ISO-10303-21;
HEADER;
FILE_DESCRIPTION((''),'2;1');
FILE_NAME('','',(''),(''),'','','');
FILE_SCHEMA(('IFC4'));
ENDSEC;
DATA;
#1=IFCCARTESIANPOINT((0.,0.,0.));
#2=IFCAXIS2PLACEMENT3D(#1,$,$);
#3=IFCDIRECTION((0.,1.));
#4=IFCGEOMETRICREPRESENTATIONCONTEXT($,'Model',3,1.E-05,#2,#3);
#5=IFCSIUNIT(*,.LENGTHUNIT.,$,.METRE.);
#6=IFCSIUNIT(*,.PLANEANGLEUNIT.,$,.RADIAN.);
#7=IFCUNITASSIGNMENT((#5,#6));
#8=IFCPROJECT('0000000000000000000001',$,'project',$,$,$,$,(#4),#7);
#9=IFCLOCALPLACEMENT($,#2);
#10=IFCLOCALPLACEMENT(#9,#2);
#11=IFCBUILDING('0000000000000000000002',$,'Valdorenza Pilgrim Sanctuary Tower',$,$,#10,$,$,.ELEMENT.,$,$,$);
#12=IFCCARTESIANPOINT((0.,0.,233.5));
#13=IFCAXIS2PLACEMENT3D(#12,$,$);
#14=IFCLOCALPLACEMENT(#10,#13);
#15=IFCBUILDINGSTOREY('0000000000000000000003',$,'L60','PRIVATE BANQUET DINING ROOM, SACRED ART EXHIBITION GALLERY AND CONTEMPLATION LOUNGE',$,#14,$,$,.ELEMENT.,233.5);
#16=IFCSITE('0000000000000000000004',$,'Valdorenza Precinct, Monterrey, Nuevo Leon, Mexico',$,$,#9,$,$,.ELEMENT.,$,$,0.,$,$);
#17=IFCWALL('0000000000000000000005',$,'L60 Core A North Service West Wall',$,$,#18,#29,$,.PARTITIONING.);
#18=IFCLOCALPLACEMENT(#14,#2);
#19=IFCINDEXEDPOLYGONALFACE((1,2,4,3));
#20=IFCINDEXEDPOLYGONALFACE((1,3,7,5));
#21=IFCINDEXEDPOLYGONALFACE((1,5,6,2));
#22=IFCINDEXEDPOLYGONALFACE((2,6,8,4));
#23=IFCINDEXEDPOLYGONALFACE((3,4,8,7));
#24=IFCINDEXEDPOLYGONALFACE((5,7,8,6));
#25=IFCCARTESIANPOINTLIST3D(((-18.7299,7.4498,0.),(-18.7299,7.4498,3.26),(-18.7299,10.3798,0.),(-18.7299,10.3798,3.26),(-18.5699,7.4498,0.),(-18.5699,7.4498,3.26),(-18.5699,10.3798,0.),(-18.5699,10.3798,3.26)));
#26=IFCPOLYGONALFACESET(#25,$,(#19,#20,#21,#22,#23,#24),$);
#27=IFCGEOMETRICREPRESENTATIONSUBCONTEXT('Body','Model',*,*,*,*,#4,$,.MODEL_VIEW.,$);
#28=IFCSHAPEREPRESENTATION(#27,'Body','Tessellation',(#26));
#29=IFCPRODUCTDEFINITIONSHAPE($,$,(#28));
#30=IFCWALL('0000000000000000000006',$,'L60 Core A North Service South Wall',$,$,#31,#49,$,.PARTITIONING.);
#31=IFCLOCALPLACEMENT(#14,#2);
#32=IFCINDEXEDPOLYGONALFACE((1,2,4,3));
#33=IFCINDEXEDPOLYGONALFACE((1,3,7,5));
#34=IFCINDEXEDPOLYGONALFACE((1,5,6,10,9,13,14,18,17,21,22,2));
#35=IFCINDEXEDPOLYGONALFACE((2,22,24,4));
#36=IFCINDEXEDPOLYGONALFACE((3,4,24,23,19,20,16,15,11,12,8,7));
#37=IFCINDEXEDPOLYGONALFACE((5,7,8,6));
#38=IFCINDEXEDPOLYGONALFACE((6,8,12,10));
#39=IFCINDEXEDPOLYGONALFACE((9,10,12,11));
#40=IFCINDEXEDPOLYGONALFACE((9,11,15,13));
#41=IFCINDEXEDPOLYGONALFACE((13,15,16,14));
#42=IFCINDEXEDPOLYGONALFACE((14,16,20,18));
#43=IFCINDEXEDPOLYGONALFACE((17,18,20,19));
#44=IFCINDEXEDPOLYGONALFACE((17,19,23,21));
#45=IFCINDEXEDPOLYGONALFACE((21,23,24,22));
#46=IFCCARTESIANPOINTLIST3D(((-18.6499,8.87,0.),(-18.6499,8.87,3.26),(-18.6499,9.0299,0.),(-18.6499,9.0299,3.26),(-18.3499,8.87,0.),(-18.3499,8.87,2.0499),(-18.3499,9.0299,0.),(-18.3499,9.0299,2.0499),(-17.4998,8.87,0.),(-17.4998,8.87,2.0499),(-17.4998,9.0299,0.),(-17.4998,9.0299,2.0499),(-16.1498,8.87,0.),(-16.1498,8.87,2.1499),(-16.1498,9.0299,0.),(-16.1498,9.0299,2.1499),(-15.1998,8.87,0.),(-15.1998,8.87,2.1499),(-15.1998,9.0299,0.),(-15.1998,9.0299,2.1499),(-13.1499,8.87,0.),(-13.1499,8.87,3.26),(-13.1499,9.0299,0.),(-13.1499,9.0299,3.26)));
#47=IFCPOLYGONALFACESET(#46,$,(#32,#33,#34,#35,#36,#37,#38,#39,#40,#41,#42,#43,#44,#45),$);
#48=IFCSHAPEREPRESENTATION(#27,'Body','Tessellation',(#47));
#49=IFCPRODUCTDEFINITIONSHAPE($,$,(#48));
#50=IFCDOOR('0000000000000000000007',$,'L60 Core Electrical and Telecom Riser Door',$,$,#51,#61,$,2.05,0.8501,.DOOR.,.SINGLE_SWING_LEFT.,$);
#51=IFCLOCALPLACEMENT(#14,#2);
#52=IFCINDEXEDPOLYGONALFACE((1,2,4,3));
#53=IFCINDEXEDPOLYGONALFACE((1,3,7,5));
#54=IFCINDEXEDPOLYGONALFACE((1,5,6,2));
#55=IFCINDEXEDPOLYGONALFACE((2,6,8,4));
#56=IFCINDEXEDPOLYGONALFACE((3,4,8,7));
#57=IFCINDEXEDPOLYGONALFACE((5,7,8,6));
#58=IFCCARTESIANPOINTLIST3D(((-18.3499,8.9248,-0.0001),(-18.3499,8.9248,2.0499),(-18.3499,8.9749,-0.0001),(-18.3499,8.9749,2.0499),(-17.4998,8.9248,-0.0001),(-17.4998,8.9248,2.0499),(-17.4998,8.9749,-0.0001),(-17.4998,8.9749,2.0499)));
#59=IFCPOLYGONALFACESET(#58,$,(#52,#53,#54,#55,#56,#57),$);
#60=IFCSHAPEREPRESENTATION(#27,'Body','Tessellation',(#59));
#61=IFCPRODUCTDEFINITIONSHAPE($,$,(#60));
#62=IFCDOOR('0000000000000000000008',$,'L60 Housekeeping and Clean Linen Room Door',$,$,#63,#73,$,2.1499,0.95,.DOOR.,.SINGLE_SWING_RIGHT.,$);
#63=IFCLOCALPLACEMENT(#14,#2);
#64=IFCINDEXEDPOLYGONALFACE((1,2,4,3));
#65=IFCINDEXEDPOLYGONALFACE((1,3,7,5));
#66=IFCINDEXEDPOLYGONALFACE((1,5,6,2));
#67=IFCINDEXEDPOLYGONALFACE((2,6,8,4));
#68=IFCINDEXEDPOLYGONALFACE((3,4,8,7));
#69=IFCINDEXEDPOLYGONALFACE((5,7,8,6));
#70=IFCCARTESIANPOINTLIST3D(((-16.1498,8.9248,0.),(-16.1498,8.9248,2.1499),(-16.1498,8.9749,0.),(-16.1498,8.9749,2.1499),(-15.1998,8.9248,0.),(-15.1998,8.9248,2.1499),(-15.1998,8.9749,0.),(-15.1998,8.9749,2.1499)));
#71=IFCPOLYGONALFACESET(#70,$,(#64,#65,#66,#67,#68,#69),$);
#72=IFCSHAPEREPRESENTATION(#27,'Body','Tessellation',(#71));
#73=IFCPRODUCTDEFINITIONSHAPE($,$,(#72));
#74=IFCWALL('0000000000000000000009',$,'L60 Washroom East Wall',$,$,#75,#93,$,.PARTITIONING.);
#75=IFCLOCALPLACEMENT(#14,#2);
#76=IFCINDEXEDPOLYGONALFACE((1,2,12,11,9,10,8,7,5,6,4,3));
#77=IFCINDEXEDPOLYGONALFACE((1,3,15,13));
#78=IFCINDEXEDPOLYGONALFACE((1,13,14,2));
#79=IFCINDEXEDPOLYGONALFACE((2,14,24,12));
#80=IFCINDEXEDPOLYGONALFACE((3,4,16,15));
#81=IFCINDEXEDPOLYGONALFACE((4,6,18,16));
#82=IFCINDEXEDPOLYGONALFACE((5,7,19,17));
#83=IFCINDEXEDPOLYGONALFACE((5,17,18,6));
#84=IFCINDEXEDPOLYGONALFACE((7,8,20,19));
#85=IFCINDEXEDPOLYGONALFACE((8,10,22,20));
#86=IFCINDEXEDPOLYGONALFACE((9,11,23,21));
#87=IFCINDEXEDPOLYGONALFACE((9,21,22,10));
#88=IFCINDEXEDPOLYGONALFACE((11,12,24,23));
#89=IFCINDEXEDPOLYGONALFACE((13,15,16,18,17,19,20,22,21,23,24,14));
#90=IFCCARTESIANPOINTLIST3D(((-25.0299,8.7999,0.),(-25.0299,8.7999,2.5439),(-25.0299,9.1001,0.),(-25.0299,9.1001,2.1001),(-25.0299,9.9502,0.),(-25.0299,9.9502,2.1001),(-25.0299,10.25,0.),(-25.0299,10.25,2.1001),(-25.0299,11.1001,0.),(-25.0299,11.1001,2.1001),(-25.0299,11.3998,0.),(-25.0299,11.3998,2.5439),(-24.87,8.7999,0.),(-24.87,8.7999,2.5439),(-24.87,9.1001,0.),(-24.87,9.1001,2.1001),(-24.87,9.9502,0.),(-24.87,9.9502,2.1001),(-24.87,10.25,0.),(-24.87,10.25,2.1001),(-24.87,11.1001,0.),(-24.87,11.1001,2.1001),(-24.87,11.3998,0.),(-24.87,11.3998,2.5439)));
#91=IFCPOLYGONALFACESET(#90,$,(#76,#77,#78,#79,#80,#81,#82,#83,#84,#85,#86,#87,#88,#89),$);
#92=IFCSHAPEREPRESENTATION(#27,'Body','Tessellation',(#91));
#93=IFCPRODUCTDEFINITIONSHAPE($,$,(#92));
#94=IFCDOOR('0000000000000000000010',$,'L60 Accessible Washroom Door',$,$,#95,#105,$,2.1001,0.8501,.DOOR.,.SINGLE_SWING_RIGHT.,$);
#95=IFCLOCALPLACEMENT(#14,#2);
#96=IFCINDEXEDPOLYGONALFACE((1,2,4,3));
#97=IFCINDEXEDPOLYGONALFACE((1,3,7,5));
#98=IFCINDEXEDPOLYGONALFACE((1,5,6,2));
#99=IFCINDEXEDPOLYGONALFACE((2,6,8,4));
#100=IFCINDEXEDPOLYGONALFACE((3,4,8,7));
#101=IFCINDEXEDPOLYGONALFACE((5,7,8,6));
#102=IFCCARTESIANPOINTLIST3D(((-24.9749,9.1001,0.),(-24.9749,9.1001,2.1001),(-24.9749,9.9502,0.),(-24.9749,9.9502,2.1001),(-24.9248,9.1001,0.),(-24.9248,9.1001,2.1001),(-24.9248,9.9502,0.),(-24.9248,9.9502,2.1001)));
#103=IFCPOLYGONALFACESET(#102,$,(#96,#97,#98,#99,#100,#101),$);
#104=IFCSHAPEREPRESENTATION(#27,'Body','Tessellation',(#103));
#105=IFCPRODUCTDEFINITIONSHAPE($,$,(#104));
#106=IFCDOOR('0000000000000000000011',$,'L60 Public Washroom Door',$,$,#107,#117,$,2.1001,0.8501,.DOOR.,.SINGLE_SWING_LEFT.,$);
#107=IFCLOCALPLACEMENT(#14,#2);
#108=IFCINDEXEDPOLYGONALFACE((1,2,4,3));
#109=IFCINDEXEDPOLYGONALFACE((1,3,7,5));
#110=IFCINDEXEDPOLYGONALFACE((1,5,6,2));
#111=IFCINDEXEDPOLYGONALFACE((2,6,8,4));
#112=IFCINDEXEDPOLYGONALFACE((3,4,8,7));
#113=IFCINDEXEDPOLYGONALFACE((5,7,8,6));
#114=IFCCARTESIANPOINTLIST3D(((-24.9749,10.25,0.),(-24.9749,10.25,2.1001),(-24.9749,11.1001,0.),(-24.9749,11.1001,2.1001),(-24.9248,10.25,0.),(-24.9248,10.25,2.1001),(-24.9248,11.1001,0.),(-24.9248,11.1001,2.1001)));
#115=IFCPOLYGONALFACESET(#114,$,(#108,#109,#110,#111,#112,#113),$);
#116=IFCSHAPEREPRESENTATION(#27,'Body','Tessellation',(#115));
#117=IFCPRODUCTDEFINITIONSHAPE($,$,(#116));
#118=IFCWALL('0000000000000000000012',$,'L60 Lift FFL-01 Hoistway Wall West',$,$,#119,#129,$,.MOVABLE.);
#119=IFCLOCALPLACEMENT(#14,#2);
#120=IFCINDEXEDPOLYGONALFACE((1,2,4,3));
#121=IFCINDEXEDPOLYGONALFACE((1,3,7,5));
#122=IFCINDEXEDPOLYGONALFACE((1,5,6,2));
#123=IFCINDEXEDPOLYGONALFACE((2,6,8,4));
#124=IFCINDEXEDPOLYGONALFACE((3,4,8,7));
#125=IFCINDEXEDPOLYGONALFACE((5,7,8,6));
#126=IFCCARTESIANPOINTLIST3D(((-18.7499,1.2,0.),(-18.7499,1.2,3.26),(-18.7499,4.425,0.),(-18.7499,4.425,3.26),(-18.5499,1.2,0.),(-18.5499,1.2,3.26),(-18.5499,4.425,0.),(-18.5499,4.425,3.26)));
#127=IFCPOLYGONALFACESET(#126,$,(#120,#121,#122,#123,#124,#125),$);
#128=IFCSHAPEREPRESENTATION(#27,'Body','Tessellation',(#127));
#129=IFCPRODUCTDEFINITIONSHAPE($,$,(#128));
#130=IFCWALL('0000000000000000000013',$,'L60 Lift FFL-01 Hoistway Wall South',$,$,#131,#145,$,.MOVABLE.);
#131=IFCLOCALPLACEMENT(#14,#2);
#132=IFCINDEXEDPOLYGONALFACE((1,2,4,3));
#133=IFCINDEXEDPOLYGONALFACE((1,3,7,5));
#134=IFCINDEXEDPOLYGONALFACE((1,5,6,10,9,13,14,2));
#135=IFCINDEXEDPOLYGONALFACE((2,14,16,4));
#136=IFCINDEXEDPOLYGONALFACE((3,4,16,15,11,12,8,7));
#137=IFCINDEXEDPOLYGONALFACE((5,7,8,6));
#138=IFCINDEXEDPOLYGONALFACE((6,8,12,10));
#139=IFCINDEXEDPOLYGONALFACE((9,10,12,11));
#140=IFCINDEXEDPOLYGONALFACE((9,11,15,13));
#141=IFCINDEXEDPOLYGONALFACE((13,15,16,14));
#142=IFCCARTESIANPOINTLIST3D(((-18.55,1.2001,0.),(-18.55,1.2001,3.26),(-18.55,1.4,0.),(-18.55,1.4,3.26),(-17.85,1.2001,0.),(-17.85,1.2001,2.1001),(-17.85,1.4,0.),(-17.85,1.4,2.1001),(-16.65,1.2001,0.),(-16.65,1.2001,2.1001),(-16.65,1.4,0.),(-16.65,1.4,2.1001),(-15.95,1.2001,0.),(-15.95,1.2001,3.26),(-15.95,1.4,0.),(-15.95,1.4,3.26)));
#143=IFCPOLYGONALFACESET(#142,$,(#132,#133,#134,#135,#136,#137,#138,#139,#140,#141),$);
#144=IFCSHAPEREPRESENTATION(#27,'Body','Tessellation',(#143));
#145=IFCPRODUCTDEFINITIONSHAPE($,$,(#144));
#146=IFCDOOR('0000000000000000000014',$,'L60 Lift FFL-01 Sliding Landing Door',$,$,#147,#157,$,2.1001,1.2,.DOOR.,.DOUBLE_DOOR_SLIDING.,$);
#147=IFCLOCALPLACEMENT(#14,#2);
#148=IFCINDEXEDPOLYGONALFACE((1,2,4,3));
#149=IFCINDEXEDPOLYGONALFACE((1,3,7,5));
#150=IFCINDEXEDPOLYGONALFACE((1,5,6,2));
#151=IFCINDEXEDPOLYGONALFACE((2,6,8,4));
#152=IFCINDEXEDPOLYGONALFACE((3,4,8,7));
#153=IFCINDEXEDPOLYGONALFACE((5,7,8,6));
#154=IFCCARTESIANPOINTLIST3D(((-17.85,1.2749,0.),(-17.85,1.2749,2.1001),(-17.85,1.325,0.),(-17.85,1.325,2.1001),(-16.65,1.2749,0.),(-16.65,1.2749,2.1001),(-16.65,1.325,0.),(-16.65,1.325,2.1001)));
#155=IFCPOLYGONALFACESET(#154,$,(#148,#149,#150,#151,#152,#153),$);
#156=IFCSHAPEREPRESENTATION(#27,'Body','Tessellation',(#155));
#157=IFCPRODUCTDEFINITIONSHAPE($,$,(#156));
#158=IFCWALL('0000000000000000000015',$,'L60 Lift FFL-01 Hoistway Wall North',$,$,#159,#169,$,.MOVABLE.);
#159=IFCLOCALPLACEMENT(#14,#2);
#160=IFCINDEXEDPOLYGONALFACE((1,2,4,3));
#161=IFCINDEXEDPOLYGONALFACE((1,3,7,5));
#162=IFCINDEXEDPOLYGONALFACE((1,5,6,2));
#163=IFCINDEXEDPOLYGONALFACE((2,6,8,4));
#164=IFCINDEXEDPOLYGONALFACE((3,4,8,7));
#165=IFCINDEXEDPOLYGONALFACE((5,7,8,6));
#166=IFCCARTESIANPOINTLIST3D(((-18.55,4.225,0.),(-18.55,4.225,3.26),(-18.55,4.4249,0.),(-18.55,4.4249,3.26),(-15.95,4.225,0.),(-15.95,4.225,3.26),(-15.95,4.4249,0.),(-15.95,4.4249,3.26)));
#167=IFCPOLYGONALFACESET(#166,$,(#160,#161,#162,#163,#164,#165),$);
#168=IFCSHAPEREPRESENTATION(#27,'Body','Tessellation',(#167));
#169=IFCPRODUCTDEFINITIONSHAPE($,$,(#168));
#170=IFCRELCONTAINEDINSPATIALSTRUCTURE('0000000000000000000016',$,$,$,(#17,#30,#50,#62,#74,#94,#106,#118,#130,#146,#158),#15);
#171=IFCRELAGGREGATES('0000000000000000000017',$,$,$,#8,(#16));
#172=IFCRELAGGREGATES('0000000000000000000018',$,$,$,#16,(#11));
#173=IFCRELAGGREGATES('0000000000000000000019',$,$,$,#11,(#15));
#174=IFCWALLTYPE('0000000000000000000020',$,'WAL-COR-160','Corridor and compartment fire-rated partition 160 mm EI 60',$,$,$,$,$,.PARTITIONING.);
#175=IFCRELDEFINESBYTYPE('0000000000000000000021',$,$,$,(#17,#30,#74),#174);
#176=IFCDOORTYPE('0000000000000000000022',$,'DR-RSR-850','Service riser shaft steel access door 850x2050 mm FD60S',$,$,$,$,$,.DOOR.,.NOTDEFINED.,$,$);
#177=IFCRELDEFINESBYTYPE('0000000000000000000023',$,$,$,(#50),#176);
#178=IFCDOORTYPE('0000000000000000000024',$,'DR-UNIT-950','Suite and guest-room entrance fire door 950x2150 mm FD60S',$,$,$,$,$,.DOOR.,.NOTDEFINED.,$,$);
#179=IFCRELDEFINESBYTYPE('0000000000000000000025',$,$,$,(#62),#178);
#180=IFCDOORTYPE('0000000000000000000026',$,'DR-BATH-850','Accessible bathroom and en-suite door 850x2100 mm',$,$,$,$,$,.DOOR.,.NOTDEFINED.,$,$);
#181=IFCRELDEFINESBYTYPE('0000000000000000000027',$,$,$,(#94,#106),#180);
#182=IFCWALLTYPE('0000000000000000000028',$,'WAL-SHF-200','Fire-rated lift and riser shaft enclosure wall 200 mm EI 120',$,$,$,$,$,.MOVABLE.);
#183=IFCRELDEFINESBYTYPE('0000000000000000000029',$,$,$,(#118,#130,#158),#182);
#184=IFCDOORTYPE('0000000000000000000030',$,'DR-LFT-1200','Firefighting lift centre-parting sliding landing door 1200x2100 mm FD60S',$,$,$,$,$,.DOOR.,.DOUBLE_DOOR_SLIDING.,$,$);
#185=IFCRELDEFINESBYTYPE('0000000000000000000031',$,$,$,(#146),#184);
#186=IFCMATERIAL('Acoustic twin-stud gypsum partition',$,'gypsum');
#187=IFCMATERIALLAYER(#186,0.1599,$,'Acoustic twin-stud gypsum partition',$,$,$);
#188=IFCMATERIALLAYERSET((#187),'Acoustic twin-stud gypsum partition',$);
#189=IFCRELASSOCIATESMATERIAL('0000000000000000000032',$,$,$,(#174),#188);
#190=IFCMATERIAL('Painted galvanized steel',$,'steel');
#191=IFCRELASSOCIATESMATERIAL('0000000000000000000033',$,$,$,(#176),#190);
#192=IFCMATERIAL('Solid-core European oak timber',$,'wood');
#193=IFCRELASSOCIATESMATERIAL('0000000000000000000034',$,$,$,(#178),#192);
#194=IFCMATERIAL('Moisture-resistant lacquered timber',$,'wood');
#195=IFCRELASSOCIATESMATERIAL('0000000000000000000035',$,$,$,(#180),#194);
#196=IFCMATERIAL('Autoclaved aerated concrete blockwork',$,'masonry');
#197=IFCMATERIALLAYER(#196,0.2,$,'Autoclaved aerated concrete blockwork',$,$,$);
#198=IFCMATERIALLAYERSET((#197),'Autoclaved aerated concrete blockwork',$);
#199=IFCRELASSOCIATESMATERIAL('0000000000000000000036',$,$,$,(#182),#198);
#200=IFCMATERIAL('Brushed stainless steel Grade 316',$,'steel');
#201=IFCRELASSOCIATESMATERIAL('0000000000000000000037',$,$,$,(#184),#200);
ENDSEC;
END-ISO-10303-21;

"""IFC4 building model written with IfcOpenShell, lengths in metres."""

from ifc_helpers import new_model, si_unit, direction, frame, frame_2d, origin, place, context, subcontext, project, spatial, rectangle, extrude, material, layer, layer_set, type_object, element, fill, save


model = new_model("IFC4")

# Units and contexts
model_context = context("Model", 3, precision=1e-05, world=origin(), true_north=direction((0.0, 1.0)))
body_context = subcontext(model_context, "Body", "Model", "MODEL_VIEW")
ifc_project = project(units=[si_unit("LENGTHUNIT", "METRE"), si_unit("PLANEANGLEUNIT", "RADIAN")], contexts=[model_context])

# Site, building, storey
site_placement = place(None, origin())
site = spatial("IfcSite", under=ifc_project, at=site_placement, Name="Valdorenza Precinct, Monterrey, Nuevo Leon, Mexico", CompositionType="ELEMENT", RefElevation=0.0)
building_placement = place(site_placement, origin())
building = spatial("IfcBuilding", under=site, at=building_placement, Name="Valdorenza Pilgrim Sanctuary Tower", CompositionType="ELEMENT")
storey_placement = place(building_placement, frame((0.0, 0.0, 233.5)))
storey = spatial("IfcBuildingStorey", under=building, at=storey_placement, Name="L60", Description="PRIVATE BANQUET DINING ROOM, SACRED ART EXHIBITION GALLERY AND CONTEMPLATION LOUNGE", CompositionType="ELEMENT", Elevation=233.5)

# Wall
ifc_material_1 = material(Name="Acoustic twin-stud gypsum partition", Category="gypsum")
ifc_layer_1 = layer(ifc_material_1, 0.1599, Name="Acoustic twin-stud gypsum partition")
ifc_layer_set_1 = layer_set([ifc_layer_1], Name="Acoustic twin-stud gypsum partition")
wall_type_1 = type_object("IfcWallType", Name="WAL-COR-160", Description="Corridor and compartment fire-rated partition 160 mm EI 60", PredefinedType="PARTITIONING", material=ifc_layer_set_1)
wall_1_placement = place(storey_placement, frame((-18.6499, 7.45, 0.0), z_axis=(0.0, 0.0, 1.0), x_axis=(0.0, 1.0, 0.0)))
element("IfcWall", 1, at=wall_1_placement, inside=storey, type_object=wall_type_1, Name="L60 Core A North Service West Wall", PredefinedType="PARTITIONING", context=body_context, shape_type="SweptSolid", body=[
    extrude(rectangle(XDim=2.9299, YDim=0.1599, at=frame_2d((1.4648, 0.0))), origin(), (0.0, 0.0, 1.0), 3.26),
])

# Walls, openings, doors
wall_2_placement = place(storey_placement, frame((-18.6499, 8.95, 0.0), z_axis=(0.0, 0.0, 1.0), x_axis=(1.0, 0.0, 0.0)))
wall_2 = element("IfcWall", 2, at=wall_2_placement, inside=storey, type_object=wall_type_1, Name="L60 Core A North Service South Wall", PredefinedType="PARTITIONING", context=body_context, shape_type="SweptSolid", body=[
    extrude(rectangle(XDim=5.5, YDim=0.1599, at=frame_2d((2.75, 0.0))), origin(), (0.0, 0.0, 1.0), 3.26),
])
opening_1_placement = place(wall_2_placement, frame((0.3, 0.0, 0.0)))
opening_1 = element("IfcOpeningElement", 3, at=opening_1_placement, cuts=wall_2, PredefinedType="OPENING", context=body_context, shape_type="SweptSolid", body=[
    extrude(rectangle(XDim=0.8501, YDim=2.05, at=frame_2d((0.425, 1.0249))), frame((0.0, 0.0947, 0.0), z_axis=(0.0, -1.0, 0.0), x_axis=(1.0, 0.0, 0.0)), (0.0, 0.0, 1.0), 0.1897),
])
opening_2_placement = place(wall_2_placement, frame((2.5, 0.0, 0.0)))
opening_2 = element("IfcOpeningElement", 4, at=opening_2_placement, cuts=wall_2, PredefinedType="OPENING", context=body_context, shape_type="SweptSolid", body=[
    extrude(rectangle(XDim=0.95, YDim=2.1499, at=frame_2d((0.4751, 1.075))), frame((0.0, 0.0947, 0.0), z_axis=(0.0, -1.0, 0.0), x_axis=(1.0, 0.0, 0.0)), (0.0, 0.0, 1.0), 0.1897),
])
ifc_material_2 = material(Name="Painted galvanized steel", Category="steel")
door_type_1 = type_object("IfcDoorType", Name="DR-RSR-850", Description="Service riser shaft steel access door 850x2050 mm FD60S", OperationType="NOTDEFINED", PredefinedType="DOOR", material=ifc_material_2)
door_1_placement = place(opening_1_placement, origin())
door_1 = element("IfcDoor", 5, at=door_1_placement, inside=storey, type_object=door_type_1, Name="L60 Core Electrical and Telecom Riser Door", OperationType="SINGLE_SWING_LEFT", OverallHeight=2.05, OverallWidth=0.8501, PredefinedType="DOOR", context=body_context, shape_type="SweptSolid", body=[
    extrude(rectangle(XDim=0.8501, YDim=2.05, at=frame_2d((0.425, 1.0249))), frame((0.0, 0.0249, 0.0), z_axis=(0.0, -1.0, 0.0), x_axis=(1.0, 0.0, 0.0)), (0.0, 0.0, 1.0), 0.05),
])
fill(opening_1, door_1)
ifc_material_3 = material(Name="Solid-core European oak timber", Category="wood")
door_type_2 = type_object("IfcDoorType", Name="DR-UNIT-950", Description="Suite and guest-room entrance fire door 950x2150 mm FD60S", OperationType="NOTDEFINED", PredefinedType="DOOR", material=ifc_material_3)
door_2_placement = place(opening_2_placement, origin())
door_2 = element("IfcDoor", 6, at=door_2_placement, inside=storey, type_object=door_type_2, Name="L60 Housekeeping and Clean Linen Room Door", OperationType="SINGLE_SWING_RIGHT", OverallHeight=2.1499, OverallWidth=0.95, PredefinedType="DOOR", context=body_context, shape_type="SweptSolid", body=[
    extrude(rectangle(XDim=0.95, YDim=2.1499, at=frame_2d((0.4751, 1.075))), frame((0.0, 0.0249, 0.0), z_axis=(0.0, -1.0, 0.0), x_axis=(1.0, 0.0, 0.0)), (0.0, 0.0, 1.0), 0.05),
])
fill(opening_2, door_2)
wall_3_placement = place(storey_placement, frame((-24.95, 8.8, 0.0), z_axis=(0.0, 0.0, 1.0), x_axis=(0.0, 1.0, 0.0)))
wall_3 = element("IfcWall", 7, at=wall_3_placement, inside=storey, type_object=wall_type_1, Name="L60 Washroom East Wall", PredefinedType="PARTITIONING", context=body_context, shape_type="SweptSolid", body=[
    extrude(rectangle(XDim=2.5999, YDim=0.1599, at=frame_2d((1.2998, 0.0))), origin(), (0.0, 0.0, 1.0), 2.5439),
])
opening_3_placement = place(wall_3_placement, frame((0.3, 0.0, 0.0)))
opening_3 = element("IfcOpeningElement", 8, at=opening_3_placement, cuts=wall_3, PredefinedType="OPENING", context=body_context, shape_type="SweptSolid", body=[
    extrude(rectangle(XDim=0.8501, YDim=2.1001, at=frame_2d((0.425, 1.05))), frame((0.0, 0.0947, 0.0), z_axis=(0.0, -1.0, 0.0), x_axis=(1.0, 0.0, 0.0)), (0.0, 0.0, 1.0), 0.1897),
])
opening_4_placement = place(wall_3_placement, frame((1.45, 0.0, 0.0)))
opening_4 = element("IfcOpeningElement", 9, at=opening_4_placement, cuts=wall_3, PredefinedType="OPENING", context=body_context, shape_type="SweptSolid", body=[
    extrude(rectangle(XDim=0.8501, YDim=2.1001, at=frame_2d((0.425, 1.05))), frame((0.0, 0.0947, 0.0), z_axis=(0.0, -1.0, 0.0), x_axis=(1.0, 0.0, 0.0)), (0.0, 0.0, 1.0), 0.1897),
])
ifc_material_4 = material(Name="Moisture-resistant lacquered timber", Category="wood")
door_type_3 = type_object("IfcDoorType", Name="DR-BATH-850", Description="Accessible bathroom and en-suite door 850x2100 mm", OperationType="NOTDEFINED", PredefinedType="DOOR", material=ifc_material_4)
door_3_placement = place(opening_3_placement, origin())
door_3 = element("IfcDoor", 10, at=door_3_placement, inside=storey, type_object=door_type_3, Name="L60 Accessible Washroom Door", OperationType="SINGLE_SWING_RIGHT", OverallHeight=2.1001, OverallWidth=0.8501, PredefinedType="DOOR", context=body_context, shape_type="SweptSolid", body=[
    extrude(rectangle(XDim=0.8501, YDim=2.1001, at=frame_2d((0.425, 1.05))), frame((0.0, 0.0249, 0.0), z_axis=(0.0, -1.0, 0.0), x_axis=(1.0, 0.0, 0.0)), (0.0, 0.0, 1.0), 0.05),
])
fill(opening_3, door_3)
door_4_placement = place(opening_4_placement, origin())
door_4 = element("IfcDoor", 11, at=door_4_placement, inside=storey, type_object=door_type_3, Name="L60 Public Washroom Door", OperationType="SINGLE_SWING_LEFT", OverallHeight=2.1001, OverallWidth=0.8501, PredefinedType="DOOR", context=body_context, shape_type="SweptSolid", body=[
    extrude(rectangle(XDim=0.8501, YDim=2.1001, at=frame_2d((0.425, 1.05))), frame((0.0, 0.0249, 0.0), z_axis=(0.0, -1.0, 0.0), x_axis=(1.0, 0.0, 0.0)), (0.0, 0.0, 1.0), 0.05),
])
fill(opening_4, door_4)

# Wall
ifc_material_5 = material(Name="Autoclaved aerated concrete blockwork", Category="masonry")
ifc_layer_2 = layer(ifc_material_5, 0.2, Name="Autoclaved aerated concrete blockwork")
ifc_layer_set_2 = layer_set([ifc_layer_2], Name="Autoclaved aerated concrete blockwork")
wall_type_2 = type_object("IfcWallType", Name="WAL-SHF-200", Description="Fire-rated lift and riser shaft enclosure wall 200 mm EI 120", PredefinedType="MOVABLE", material=ifc_layer_set_2)
wall_4_placement = place(storey_placement, frame((-18.6499, 1.2, 0.0), z_axis=(0.0, 0.0, 1.0), x_axis=(0.0, 1.0, 0.0)))
element("IfcWall", 12, at=wall_4_placement, inside=storey, type_object=wall_type_2, Name="L60 Lift FFL-01 Hoistway Wall West", PredefinedType="MOVABLE", context=body_context, shape_type="SweptSolid", body=[
    extrude(rectangle(XDim=3.2251, YDim=0.2, at=frame_2d((1.6125, 0.0))), origin(), (0.0, 0.0, 1.0), 3.26),
])

# Wall, opening, door
wall_5_placement = place(storey_placement, frame((-18.55, 1.3, 0.0), z_axis=(0.0, 0.0, 1.0), x_axis=(1.0, 0.0, 0.0)))
wall_5 = element("IfcWall", 13, at=wall_5_placement, inside=storey, type_object=wall_type_2, Name="L60 Lift FFL-01 Hoistway Wall South", PredefinedType="MOVABLE", context=body_context, shape_type="SweptSolid", body=[
    extrude(rectangle(XDim=2.6001, YDim=0.2, at=frame_2d((1.3, 0.0))), origin(), (0.0, 0.0, 1.0), 3.26),
])
opening_5_placement = place(wall_5_placement, frame((0.7, 0.0, 0.0)))
opening_5 = element("IfcOpeningElement", 14, at=opening_5_placement, cuts=wall_5, PredefinedType="OPENING", context=body_context, shape_type="SweptSolid", body=[
    extrude(rectangle(XDim=1.2, YDim=2.1001, at=frame_2d((0.6001, 1.05))), frame((0.0, 0.1147, 0.0), z_axis=(0.0, -1.0, 0.0), x_axis=(1.0, 0.0, 0.0)), (0.0, 0.0, 1.0), 0.2297),
])
ifc_material_6 = material(Name="Brushed stainless steel Grade 316", Category="steel")
door_type_4 = type_object("IfcDoorType", Name="DR-LFT-1200", Description="Firefighting lift centre-parting sliding landing door 1200x2100 mm FD60S", OperationType="DOUBLE_DOOR_SLIDING", PredefinedType="DOOR", material=ifc_material_6)
door_5_placement = place(opening_5_placement, origin())
door_5 = element("IfcDoor", 15, at=door_5_placement, inside=storey, type_object=door_type_4, Name="L60 Lift FFL-01 Sliding Landing Door", OperationType="DOUBLE_DOOR_SLIDING", OverallHeight=2.1001, OverallWidth=1.2, PredefinedType="DOOR", context=body_context, shape_type="SweptSolid", body=[
    extrude(rectangle(XDim=1.2, YDim=2.1001, at=frame_2d((0.6001, 1.05))), frame((0.0, 0.0249, 0.0), z_axis=(0.0, -1.0, 0.0), x_axis=(1.0, 0.0, 0.0)), (0.0, 0.0, 1.0), 0.05),
])
fill(opening_5, door_5)

# Wall
wall_6_placement = place(storey_placement, frame((-18.55, 4.325, 0.0), z_axis=(0.0, 0.0, 1.0), x_axis=(1.0, 0.0, 0.0)))
element("IfcWall", 16, at=wall_6_placement, inside=storey, type_object=wall_type_2, Name="L60 Lift FFL-01 Hoistway Wall North", PredefinedType="MOVABLE", context=body_context, shape_type="SweptSolid", body=[
    extrude(rectangle(XDim=2.6001, YDim=0.2, at=frame_2d((1.3, 0.0))), origin(), (0.0, 0.0, 1.0), 3.26),
])

save(model, "model.ifc")
